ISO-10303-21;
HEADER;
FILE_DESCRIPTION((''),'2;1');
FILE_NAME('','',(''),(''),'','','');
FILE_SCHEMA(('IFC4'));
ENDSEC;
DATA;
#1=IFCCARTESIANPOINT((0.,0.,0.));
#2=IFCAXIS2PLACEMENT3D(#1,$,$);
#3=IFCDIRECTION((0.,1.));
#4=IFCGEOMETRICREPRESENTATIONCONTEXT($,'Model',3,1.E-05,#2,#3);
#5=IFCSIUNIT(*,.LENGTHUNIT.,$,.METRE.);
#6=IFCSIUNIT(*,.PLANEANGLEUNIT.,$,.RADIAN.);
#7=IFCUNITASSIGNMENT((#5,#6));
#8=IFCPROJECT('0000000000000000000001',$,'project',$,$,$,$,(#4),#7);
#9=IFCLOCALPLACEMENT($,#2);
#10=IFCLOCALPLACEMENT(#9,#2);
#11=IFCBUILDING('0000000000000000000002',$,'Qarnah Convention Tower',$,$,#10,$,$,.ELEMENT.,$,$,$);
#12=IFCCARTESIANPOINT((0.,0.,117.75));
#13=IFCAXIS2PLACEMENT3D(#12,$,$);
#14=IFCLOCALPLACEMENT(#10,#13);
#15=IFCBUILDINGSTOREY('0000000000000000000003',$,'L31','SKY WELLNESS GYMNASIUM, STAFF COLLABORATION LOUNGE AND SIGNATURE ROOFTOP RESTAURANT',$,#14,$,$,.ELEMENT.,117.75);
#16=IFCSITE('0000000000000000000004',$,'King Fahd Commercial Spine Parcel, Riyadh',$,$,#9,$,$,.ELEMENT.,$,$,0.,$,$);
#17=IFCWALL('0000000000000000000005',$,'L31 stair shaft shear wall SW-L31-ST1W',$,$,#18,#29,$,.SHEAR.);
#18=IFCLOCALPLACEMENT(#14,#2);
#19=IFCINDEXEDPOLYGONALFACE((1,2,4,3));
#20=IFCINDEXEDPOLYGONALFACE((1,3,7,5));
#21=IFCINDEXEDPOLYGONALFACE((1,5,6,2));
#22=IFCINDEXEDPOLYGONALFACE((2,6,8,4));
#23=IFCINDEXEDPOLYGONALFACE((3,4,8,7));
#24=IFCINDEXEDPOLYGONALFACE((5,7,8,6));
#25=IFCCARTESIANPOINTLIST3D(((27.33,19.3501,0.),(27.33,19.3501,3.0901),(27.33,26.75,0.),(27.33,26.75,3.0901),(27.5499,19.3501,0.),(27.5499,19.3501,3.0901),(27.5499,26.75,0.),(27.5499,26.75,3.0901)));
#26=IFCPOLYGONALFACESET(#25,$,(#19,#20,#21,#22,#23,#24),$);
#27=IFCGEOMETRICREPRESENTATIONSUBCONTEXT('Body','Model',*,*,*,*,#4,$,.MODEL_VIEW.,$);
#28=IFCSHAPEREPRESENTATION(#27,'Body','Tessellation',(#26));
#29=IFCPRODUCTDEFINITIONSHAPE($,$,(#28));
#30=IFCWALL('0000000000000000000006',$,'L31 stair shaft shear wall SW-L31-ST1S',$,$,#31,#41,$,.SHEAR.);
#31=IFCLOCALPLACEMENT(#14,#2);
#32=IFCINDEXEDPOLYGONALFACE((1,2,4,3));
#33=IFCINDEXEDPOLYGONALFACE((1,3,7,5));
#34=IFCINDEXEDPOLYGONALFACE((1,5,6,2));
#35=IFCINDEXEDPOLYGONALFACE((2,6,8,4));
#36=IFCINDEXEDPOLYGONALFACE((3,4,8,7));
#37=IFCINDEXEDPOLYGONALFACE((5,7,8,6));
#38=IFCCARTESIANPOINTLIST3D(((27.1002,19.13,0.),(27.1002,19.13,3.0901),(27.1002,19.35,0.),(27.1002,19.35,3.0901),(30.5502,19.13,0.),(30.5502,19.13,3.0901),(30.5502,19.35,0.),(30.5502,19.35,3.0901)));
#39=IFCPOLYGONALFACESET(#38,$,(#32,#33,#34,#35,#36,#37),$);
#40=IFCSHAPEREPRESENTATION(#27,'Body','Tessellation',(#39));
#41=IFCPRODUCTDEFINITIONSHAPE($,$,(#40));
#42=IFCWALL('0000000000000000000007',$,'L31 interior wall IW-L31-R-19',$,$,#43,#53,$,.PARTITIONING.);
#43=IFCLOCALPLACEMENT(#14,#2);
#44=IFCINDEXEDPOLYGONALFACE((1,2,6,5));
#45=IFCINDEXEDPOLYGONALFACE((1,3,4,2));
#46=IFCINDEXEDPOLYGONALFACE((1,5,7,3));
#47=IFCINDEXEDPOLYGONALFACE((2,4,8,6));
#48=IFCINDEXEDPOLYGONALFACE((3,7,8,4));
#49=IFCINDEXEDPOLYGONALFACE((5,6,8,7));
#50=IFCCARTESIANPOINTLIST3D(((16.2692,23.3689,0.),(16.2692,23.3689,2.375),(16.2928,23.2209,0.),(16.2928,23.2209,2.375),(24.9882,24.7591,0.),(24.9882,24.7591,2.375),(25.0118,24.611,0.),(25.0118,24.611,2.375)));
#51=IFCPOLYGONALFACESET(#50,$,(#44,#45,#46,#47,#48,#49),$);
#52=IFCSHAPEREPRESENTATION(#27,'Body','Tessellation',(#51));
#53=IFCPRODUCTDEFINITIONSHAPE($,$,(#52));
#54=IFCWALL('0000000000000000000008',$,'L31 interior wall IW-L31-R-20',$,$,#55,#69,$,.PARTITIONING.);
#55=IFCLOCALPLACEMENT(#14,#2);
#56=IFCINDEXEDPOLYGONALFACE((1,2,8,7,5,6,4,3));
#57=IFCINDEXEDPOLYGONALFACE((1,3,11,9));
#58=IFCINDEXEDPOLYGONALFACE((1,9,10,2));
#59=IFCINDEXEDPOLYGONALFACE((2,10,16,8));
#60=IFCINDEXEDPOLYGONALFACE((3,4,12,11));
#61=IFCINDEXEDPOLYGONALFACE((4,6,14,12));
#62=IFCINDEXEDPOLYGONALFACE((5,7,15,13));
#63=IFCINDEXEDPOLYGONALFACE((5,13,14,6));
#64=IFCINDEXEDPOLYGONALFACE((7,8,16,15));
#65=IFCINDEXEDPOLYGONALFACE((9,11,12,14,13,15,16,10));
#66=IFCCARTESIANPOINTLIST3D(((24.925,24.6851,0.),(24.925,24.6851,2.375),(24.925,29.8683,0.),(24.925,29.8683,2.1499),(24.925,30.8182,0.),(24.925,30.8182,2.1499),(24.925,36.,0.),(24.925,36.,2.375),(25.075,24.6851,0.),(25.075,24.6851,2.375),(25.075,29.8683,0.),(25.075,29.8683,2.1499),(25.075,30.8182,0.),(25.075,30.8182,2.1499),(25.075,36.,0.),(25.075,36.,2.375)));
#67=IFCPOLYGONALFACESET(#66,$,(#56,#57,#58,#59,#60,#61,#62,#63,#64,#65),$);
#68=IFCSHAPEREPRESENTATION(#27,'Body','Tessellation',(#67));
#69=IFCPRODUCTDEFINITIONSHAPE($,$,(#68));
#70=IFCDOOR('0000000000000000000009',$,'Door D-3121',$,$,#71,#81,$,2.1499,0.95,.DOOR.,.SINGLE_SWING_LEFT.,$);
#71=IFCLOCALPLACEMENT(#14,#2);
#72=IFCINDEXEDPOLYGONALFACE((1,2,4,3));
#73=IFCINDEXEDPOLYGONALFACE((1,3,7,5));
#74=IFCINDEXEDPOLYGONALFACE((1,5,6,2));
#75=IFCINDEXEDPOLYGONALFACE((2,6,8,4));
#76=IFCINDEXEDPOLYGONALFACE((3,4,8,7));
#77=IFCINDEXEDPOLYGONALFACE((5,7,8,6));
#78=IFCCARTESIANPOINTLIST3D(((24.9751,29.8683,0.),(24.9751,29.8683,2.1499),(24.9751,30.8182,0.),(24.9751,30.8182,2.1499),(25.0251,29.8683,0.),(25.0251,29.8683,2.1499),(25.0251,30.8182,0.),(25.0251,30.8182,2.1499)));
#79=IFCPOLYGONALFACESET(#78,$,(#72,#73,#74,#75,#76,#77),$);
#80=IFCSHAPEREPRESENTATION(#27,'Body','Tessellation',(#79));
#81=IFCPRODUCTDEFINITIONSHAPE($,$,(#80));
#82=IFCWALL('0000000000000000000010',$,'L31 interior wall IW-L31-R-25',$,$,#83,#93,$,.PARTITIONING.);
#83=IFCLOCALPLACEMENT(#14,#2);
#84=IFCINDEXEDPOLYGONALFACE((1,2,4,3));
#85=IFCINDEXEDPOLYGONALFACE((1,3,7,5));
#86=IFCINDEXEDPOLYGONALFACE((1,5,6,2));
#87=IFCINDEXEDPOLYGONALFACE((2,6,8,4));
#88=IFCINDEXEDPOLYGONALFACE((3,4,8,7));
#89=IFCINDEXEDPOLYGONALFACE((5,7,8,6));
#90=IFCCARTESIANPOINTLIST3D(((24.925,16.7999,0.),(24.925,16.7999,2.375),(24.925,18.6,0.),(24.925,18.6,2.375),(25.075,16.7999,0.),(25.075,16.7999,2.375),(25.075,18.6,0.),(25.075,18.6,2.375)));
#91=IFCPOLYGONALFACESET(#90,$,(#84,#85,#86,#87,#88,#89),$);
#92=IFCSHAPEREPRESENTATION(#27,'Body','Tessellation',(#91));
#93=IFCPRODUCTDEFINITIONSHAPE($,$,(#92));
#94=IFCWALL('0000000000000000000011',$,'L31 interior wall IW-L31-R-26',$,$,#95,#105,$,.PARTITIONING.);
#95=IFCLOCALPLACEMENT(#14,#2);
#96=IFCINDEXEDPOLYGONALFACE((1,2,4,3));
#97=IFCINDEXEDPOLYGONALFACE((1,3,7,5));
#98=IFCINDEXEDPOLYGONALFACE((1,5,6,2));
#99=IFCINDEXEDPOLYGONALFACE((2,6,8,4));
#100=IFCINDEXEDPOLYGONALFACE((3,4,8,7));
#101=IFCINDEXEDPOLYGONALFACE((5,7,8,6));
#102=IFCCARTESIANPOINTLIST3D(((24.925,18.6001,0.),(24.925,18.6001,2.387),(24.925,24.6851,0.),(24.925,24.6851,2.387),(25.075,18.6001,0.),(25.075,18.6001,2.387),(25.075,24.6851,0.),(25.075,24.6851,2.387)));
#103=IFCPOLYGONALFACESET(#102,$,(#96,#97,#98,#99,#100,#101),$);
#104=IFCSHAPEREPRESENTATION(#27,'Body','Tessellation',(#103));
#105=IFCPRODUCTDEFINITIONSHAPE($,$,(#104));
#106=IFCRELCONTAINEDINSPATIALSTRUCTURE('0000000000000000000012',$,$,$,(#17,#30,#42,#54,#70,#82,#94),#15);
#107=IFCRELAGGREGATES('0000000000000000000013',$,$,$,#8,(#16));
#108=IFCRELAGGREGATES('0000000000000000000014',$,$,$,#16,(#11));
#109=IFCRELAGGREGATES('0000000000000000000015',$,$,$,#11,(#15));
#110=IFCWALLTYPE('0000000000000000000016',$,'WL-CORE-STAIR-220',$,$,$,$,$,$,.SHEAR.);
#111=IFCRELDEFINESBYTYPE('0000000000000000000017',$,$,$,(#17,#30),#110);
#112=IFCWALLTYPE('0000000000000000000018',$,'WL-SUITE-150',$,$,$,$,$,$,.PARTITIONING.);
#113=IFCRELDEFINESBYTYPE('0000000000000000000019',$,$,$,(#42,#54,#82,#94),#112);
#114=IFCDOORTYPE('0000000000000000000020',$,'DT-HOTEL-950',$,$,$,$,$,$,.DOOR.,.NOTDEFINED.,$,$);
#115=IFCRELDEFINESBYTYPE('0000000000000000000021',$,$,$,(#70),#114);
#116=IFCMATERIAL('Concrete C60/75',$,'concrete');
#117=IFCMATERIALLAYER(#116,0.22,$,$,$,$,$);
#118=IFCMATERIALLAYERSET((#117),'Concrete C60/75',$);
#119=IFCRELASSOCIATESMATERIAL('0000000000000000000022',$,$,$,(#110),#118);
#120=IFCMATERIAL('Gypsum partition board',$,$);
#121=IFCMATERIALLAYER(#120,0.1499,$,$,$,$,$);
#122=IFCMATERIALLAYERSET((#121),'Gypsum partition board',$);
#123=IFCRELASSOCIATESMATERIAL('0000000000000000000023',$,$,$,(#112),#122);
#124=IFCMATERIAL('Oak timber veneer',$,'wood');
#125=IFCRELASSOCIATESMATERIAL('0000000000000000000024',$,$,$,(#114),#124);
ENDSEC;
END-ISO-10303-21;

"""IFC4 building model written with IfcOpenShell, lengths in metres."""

from ifc_helpers import new_model, si_unit, direction, frame, frame_2d, origin, place, context, subcontext, project, spatial, rectangle, extrude, material, layer, layer_set, type_object, element, fill, save


model = new_model("IFC4")

# Units and contexts
model_context = context("Model", 3, precision=1e-05, world=origin(), true_north=direction((0.0, 1.0)))
body_context = subcontext(model_context, "Body", "Model", "MODEL_VIEW")
ifc_project = project(units=[si_unit("LENGTHUNIT", "METRE"), si_unit("PLANEANGLEUNIT", "RADIAN")], contexts=[model_context])

# Site, building, storey
site_placement = place(None, origin())
site = spatial("IfcSite", under=ifc_project, at=site_placement, Name="King Fahd Commercial Spine Parcel, Riyadh", CompositionType="ELEMENT", RefElevation=0.0)
building_placement = place(site_placement, origin())
building = spatial("IfcBuilding", under=site, at=building_placement, Name="Qarnah Convention Tower", CompositionType="ELEMENT")
storey_placement = place(building_placement, frame((0.0, 0.0, 117.75)))
storey = spatial("IfcBuildingStorey", under=building, at=storey_placement, Name="L31", Description="SKY WELLNESS GYMNASIUM, STAFF COLLABORATION LOUNGE AND SIGNATURE ROOFTOP RESTAURANT", CompositionType="ELEMENT", Elevation=117.75)

# Shared definitions
ifc_material_1 = material(Name="Concrete C60/75", Category="concrete")

# Walls
ifc_layer_1 = layer(ifc_material_1, 0.22)
ifc_layer_set_1 = layer_set([ifc_layer_1], Name="Concrete C60/75")
wall_type_1 = type_object("IfcWallType", Name="WL-CORE-STAIR-220", PredefinedType="SHEAR", material=ifc_layer_set_1)
wall_1_placement = place(storey_placement, frame((27.4399, 19.3501, 0.0), z_axis=(0.0, 0.0, 1.0), x_axis=(0.0, 1.0, 0.0)))
element("IfcWall", 1, at=wall_1_placement, inside=storey, type_object=wall_type_1, Name="L31 stair shaft shear wall SW-L31-ST1W", PredefinedType="SHEAR", context=body_context, shape_type="SweptSolid", body=[
    extrude(rectangle(XDim=7.3999, YDim=0.22, at=frame_2d((3.7, 0.0))), origin(), (0.0, 0.0, 1.0), 3.0901),
])
wall_2_placement = place(storey_placement, frame((27.1001, 19.24, 0.0), z_axis=(0.0, 0.0, 1.0), x_axis=(1.0, 0.0, 0.0)))
element("IfcWall", 2, at=wall_2_placement, inside=storey, type_object=wall_type_1, Name="L31 stair shaft shear wall SW-L31-ST1S", PredefinedType="SHEAR", context=body_context, shape_type="SweptSolid", body=[
    extrude(rectangle(XDim=3.45, YDim=0.22, at=frame_2d((1.7251, 0.0))), origin(), (0.0, 0.0, 1.0), 3.0901),
])
ifc_material_2 = material(Name="Gypsum partition board")
ifc_layer_2 = layer(ifc_material_2, 0.1499)
ifc_layer_set_2 = layer_set([ifc_layer_2], Name="Gypsum partition board")
wall_type_2 = type_object("IfcWallType", Name="WL-SUITE-150", PredefinedType="PARTITIONING", material=ifc_layer_set_2)
wall_3_placement = place(storey_placement, frame((16.281, 23.2949, 0.0), z_axis=(0.0, 0.0, 1.0), x_axis=(0.987527, 0.157449, 0.0)))
element("IfcWall", 3, at=wall_3_placement, inside=storey, type_object=wall_type_2, Name="L31 interior wall IW-L31-R-19", PredefinedType="PARTITIONING", context=body_context, shape_type="SweptSolid", body=[
    extrude(rectangle(XDim=8.8291, YDim=0.1499, at=frame_2d((4.4146, 0.0))), origin(), (0.0, 0.0, 1.0), 2.375),
])

# Wall, opening, door
wall_4_placement = place(storey_placement, frame((25.0, 24.6851, 0.0), z_axis=(0.0, 0.0, 1.0), x_axis=(0.0, 1.0, 0.0)))
wall_4 = element("IfcWall", 4, at=wall_4_placement, inside=storey, type_object=wall_type_2, Name="L31 interior wall IW-L31-R-20", PredefinedType="PARTITIONING", context=body_context, shape_type="SweptSolid", body=[
    extrude(rectangle(XDim=11.3149, YDim=0.1499, at=frame_2d((5.6575, 0.0))), origin(), (0.0, 0.0, 1.0), 2.375),
])
opening_1_placement = place(wall_4_placement, frame((5.1831, 0.0, 0.0)))
opening_1 = element("IfcOpeningElement", 5, at=opening_1_placement, cuts=wall_4, PredefinedType="OPENING", context=body_context, shape_type="SweptSolid", body=[
    extrude(rectangle(XDim=0.95, YDim=2.1499, at=frame_2d((0.4751, 1.075))), frame((0.0, 0.085, 0.0), z_axis=(0.0, -1.0, 0.0), x_axis=(1.0, 0.0, 0.0)), (0.0, 0.0, 1.0), 0.1699),
])
ifc_material_3 = material(Name="Oak timber veneer", Category="wood")
door_type_1 = type_object("IfcDoorType", Name="DT-HOTEL-950", OperationType="NOTDEFINED", PredefinedType="DOOR", material=ifc_material_3)
door_1_placement = place(opening_1_placement, origin())
door_1 = element("IfcDoor", 6, at=door_1_placement, inside=storey, type_object=door_type_1, Name="Door D-3121", OperationType="SINGLE_SWING_LEFT", OverallHeight=2.1499, OverallWidth=0.95, PredefinedType="DOOR", context=body_context, shape_type="SweptSolid", body=[
    extrude(rectangle(XDim=0.95, YDim=2.1499, at=frame_2d((0.4751, 1.075))), frame((0.0, 0.0249, 0.0), z_axis=(0.0, -1.0, 0.0), x_axis=(1.0, 0.0, 0.0)), (0.0, 0.0, 1.0), 0.05),
])
fill(opening_1, door_1)

# Walls
wall_5_placement = place(storey_placement, frame((25.0, 16.8, 0.0), z_axis=(0.0, 0.0, 1.0), x_axis=(0.0, 1.0, 0.0)))
element("IfcWall", 7, at=wall_5_placement, inside=storey, type_object=wall_type_2, Name="L31 interior wall IW-L31-R-25", PredefinedType="PARTITIONING", context=body_context, shape_type="SweptSolid", body=[
    extrude(rectangle(XDim=1.8, YDim=0.1499, at=frame_2d((0.8999, 0.0))), origin(), (0.0, 0.0, 1.0), 2.375),
])
wall_6_placement = place(storey_placement, frame((25.0, 18.6001, 0.0), z_axis=(0.0, 0.0, 1.0), x_axis=(0.0, 1.0, 0.0)))
element("IfcWall", 8, at=wall_6_placement, inside=storey, type_object=wall_type_2, Name="L31 interior wall IW-L31-R-26", PredefinedType="PARTITIONING", context=body_context, shape_type="SweptSolid", body=[
    extrude(rectangle(XDim=6.085, YDim=0.1499, at=frame_2d((3.0425, 0.0))), origin(), (0.0, 0.0, 1.0), 2.387),
])

save(model, "model.ifc")
